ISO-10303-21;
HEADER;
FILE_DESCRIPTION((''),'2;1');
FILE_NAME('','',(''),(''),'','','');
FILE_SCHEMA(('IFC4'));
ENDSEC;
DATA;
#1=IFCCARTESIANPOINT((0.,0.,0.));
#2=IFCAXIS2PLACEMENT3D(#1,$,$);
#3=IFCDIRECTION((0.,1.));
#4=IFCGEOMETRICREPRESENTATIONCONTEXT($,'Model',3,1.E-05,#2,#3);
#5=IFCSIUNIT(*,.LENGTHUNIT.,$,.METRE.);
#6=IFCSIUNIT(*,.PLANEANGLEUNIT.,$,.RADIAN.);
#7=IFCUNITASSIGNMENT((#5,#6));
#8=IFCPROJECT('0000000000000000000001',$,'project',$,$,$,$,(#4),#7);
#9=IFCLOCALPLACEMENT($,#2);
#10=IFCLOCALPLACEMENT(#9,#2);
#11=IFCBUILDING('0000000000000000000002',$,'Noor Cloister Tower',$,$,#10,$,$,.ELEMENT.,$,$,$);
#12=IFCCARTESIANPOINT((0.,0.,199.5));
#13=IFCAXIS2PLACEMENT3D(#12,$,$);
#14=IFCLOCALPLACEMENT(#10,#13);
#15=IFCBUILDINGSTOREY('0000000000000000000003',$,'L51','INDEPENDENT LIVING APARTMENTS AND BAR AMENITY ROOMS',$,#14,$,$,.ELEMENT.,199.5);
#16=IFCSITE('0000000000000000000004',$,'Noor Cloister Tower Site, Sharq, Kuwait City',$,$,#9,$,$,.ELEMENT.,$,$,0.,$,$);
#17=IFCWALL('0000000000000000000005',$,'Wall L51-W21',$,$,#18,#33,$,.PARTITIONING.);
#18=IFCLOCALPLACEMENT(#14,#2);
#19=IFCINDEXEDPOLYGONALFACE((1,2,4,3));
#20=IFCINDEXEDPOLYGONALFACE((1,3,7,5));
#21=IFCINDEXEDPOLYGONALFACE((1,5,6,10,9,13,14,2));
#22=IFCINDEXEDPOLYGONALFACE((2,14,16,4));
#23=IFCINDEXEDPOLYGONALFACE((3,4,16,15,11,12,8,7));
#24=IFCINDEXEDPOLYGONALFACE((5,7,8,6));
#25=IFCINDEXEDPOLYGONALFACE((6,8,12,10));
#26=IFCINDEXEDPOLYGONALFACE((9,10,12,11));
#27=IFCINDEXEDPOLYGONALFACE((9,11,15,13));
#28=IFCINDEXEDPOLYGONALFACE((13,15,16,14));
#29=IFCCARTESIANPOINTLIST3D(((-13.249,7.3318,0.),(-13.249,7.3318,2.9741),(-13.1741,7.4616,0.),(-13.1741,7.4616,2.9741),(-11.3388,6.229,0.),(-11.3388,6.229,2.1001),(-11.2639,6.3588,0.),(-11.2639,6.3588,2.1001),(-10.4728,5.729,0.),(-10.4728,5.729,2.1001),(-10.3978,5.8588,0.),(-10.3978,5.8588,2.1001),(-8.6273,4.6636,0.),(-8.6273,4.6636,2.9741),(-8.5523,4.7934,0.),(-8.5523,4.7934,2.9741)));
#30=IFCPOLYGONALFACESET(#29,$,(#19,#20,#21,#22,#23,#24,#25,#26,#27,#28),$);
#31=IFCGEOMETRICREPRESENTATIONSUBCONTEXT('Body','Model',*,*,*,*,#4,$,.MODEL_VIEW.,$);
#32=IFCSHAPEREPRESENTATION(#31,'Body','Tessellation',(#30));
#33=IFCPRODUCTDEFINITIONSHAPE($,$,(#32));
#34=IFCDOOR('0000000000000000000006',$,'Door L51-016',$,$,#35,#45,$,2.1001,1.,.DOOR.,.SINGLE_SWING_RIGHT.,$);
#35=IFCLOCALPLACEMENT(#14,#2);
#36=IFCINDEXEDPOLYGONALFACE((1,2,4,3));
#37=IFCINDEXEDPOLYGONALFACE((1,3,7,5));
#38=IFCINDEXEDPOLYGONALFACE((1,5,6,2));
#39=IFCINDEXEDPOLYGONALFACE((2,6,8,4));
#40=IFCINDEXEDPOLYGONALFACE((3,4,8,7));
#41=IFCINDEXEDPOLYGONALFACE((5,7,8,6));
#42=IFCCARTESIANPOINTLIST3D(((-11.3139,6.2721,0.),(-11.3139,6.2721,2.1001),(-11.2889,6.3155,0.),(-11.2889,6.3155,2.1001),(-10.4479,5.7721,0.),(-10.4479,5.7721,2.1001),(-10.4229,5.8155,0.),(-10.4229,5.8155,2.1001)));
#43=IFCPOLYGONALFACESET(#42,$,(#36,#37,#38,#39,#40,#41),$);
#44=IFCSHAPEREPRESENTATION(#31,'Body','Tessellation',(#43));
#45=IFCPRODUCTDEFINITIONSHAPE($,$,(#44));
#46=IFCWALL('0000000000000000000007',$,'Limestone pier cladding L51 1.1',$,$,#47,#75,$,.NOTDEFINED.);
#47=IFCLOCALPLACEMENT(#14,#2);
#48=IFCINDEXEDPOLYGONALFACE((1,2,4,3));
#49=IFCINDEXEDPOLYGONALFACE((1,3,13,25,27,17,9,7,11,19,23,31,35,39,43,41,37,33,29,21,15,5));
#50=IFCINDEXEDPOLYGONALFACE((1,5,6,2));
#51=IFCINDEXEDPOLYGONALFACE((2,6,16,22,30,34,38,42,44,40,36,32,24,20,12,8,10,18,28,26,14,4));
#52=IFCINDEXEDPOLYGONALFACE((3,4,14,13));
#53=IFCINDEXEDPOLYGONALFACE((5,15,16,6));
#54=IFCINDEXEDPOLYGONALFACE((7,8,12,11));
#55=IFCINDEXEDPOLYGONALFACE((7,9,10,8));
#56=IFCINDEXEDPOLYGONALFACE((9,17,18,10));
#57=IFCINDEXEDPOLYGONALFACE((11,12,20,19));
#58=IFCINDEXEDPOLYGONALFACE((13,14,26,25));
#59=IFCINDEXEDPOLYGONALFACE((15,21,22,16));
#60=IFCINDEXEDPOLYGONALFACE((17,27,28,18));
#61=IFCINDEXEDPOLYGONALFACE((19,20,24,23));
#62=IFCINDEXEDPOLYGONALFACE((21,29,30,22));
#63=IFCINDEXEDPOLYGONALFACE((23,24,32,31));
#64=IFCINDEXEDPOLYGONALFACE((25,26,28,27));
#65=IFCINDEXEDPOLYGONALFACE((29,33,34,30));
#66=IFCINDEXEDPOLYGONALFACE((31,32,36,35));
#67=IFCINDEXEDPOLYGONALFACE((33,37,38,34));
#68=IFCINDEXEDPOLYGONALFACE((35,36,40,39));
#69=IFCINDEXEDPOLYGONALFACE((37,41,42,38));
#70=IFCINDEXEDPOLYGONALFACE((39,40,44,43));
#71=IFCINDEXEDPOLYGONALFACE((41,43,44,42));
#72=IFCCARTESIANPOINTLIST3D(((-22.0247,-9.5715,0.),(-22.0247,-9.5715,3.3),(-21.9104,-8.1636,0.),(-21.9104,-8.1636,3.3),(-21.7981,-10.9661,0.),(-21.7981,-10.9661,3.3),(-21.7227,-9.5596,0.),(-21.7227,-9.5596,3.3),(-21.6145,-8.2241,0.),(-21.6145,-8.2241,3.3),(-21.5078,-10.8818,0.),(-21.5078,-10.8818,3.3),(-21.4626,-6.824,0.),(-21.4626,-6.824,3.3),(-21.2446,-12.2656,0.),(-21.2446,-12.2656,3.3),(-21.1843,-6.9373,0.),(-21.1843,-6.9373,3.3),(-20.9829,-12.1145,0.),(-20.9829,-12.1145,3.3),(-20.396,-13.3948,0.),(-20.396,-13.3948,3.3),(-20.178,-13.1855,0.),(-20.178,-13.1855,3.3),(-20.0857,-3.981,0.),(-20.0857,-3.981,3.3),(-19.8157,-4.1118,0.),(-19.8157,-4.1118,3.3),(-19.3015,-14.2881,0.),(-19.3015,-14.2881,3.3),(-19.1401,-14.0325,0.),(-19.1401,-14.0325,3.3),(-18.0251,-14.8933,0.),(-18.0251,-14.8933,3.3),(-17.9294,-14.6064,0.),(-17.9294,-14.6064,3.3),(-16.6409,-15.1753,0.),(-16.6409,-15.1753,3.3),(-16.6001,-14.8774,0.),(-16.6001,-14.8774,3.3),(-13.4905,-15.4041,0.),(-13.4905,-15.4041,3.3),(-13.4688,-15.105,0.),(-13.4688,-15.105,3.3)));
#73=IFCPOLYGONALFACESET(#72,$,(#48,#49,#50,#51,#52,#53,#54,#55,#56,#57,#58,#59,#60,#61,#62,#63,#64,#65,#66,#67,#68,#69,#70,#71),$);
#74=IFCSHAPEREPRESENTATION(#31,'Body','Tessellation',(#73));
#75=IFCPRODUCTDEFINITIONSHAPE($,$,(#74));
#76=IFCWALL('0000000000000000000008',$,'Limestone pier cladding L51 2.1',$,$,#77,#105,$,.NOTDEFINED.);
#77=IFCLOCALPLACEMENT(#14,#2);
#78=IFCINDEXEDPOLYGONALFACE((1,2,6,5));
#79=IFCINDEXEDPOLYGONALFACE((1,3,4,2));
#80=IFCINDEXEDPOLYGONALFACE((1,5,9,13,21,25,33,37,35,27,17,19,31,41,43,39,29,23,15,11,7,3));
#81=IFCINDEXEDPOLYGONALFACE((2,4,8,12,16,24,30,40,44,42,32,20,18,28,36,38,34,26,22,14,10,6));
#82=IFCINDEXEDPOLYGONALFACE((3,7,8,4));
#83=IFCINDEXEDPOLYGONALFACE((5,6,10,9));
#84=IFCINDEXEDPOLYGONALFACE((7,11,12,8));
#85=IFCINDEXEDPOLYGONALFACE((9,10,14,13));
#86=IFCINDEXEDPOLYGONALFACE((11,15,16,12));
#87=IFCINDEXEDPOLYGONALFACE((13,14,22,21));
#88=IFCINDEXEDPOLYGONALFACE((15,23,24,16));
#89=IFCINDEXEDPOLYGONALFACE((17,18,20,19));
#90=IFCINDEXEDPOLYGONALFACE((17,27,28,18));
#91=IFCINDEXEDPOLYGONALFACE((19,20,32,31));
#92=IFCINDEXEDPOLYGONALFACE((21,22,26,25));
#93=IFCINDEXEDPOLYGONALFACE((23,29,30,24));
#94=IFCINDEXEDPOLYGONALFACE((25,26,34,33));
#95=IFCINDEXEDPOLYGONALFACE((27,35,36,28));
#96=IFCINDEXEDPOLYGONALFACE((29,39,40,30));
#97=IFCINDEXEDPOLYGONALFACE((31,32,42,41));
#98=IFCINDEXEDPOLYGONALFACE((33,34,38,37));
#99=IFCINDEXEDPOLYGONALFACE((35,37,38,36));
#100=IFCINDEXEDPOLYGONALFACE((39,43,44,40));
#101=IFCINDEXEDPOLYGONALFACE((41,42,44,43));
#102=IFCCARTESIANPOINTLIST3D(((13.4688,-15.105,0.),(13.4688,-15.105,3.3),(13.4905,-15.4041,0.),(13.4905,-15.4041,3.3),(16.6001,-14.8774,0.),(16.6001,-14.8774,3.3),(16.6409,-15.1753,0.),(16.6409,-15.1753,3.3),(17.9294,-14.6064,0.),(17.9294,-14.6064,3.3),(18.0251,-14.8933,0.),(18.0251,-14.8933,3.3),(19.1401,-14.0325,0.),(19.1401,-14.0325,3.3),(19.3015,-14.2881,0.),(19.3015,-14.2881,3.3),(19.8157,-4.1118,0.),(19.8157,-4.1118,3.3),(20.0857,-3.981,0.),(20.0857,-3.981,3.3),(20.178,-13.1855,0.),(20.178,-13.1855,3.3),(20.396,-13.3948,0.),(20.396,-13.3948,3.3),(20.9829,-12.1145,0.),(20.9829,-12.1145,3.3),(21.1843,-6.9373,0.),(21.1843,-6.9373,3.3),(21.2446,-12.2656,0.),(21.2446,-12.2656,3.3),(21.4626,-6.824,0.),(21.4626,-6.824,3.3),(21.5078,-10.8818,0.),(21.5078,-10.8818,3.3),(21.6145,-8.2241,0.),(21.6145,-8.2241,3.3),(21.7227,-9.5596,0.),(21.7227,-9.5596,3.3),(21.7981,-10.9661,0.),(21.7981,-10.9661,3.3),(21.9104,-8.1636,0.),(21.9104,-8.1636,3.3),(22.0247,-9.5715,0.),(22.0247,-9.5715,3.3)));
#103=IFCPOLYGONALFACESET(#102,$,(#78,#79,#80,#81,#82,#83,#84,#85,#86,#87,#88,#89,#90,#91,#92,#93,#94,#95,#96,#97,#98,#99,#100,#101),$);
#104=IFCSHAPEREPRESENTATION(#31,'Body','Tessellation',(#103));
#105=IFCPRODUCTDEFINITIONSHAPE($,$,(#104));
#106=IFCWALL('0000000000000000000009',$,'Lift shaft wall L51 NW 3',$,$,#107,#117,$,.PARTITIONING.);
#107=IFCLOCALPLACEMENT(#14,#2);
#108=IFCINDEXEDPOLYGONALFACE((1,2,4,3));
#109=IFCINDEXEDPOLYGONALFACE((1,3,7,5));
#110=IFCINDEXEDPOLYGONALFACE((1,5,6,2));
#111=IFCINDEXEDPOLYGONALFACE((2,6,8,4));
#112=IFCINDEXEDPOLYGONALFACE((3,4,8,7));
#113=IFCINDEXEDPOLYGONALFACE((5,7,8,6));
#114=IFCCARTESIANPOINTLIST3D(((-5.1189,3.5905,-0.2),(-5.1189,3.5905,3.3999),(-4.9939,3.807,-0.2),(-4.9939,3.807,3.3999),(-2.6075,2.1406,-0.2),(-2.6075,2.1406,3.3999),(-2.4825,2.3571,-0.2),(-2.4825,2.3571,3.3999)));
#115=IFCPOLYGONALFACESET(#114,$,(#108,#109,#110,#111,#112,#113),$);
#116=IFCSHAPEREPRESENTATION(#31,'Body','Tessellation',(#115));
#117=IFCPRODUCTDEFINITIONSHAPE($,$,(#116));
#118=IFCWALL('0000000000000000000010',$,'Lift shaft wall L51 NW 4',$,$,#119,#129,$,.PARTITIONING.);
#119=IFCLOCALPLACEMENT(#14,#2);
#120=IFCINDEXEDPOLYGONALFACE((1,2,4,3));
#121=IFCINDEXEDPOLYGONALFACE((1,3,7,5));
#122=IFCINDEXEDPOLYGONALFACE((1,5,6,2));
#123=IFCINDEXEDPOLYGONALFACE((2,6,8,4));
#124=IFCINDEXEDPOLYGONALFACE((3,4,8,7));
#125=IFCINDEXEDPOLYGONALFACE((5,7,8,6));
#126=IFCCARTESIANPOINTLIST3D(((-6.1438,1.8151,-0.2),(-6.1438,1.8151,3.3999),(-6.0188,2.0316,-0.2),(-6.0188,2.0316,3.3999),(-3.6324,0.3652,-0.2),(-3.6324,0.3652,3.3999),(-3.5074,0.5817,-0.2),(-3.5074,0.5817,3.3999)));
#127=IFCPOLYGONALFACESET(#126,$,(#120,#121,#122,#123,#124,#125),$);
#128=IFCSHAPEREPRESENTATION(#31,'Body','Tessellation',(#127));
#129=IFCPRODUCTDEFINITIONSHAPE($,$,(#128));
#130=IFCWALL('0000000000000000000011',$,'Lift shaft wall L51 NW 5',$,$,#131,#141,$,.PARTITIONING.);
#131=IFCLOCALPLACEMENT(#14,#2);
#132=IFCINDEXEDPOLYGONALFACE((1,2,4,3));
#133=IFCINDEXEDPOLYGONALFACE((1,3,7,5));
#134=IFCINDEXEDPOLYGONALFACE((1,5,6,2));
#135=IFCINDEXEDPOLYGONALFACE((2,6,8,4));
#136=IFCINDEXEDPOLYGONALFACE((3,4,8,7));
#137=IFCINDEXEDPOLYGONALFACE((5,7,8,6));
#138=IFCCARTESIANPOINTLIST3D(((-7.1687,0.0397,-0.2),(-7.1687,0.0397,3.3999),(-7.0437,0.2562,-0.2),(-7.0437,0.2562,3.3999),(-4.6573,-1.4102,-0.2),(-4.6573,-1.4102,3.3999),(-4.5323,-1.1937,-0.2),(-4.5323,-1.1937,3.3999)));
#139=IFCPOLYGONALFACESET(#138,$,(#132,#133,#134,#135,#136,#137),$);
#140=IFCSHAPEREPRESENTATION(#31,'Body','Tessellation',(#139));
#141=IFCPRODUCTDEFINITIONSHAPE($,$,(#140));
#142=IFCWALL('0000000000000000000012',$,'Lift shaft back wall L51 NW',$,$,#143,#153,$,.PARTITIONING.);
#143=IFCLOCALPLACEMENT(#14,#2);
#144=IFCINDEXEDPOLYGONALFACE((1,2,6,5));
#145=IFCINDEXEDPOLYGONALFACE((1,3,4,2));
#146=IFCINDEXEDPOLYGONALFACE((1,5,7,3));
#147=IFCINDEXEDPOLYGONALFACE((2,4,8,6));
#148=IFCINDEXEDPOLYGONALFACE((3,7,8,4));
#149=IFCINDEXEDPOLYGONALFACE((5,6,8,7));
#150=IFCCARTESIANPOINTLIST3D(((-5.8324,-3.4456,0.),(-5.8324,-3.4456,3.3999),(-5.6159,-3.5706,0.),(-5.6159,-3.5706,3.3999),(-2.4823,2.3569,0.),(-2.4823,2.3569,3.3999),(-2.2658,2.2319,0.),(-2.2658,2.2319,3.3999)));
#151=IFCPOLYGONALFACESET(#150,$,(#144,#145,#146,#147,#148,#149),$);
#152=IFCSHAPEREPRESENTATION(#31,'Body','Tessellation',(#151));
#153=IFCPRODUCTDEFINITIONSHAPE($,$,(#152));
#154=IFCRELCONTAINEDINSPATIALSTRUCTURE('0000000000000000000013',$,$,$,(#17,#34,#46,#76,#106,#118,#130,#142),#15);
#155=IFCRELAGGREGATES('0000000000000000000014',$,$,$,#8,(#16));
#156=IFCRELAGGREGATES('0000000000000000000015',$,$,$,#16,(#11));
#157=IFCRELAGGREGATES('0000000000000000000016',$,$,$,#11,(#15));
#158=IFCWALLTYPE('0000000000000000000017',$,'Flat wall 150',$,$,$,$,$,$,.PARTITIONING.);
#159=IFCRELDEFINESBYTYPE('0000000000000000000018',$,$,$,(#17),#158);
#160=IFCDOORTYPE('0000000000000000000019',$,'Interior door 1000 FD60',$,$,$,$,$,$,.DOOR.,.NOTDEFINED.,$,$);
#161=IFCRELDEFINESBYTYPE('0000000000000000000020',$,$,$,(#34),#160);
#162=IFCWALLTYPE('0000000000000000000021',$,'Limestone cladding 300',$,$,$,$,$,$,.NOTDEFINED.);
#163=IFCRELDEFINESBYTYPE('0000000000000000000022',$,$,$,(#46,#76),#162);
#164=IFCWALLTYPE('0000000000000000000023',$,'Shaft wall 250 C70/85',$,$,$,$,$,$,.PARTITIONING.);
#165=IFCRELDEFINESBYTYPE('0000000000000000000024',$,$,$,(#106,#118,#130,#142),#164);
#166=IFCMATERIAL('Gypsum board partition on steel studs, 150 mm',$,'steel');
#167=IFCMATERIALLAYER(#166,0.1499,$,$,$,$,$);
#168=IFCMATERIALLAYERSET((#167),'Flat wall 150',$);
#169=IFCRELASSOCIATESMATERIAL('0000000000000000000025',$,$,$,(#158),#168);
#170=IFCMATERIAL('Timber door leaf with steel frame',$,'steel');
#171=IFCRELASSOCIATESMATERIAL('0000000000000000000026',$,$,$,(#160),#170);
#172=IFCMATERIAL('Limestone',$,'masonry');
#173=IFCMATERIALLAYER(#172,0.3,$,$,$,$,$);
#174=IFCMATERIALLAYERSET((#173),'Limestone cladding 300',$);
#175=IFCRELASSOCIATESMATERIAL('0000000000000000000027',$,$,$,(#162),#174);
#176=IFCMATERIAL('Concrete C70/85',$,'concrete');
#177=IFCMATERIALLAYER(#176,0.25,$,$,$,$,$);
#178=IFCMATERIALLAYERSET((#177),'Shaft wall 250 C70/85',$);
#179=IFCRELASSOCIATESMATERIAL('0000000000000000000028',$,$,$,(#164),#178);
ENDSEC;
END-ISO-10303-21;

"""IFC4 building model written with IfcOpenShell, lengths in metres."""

from ifc_helpers import new_model, si_unit, direction, frame, frame_2d, origin, place, context, subcontext, project, spatial, polyline, rectangle, outline, extrude, material, layer, layer_set, type_object, element, fill, save


model = new_model("IFC4")

# Units and contexts
model_context = context("Model", 3, precision=1e-05, world=origin(), true_north=direction((0.0, 1.0)))
body_context = subcontext(model_context, "Body", "Model", "MODEL_VIEW")
ifc_project = project(units=[si_unit("LENGTHUNIT", "METRE"), si_unit("PLANEANGLEUNIT", "RADIAN")], contexts=[model_context])

# Site, building, storey
site_placement = place(None, origin())
site = spatial("IfcSite", under=ifc_project, at=site_placement, Name="Noor Cloister Tower Site, Sharq, Kuwait City", CompositionType="ELEMENT", RefElevation=0.0)
building_placement = place(site_placement, origin())
building = spatial("IfcBuilding", under=site, at=building_placement, Name="Noor Cloister Tower", CompositionType="ELEMENT")
storey_placement = place(building_placement, frame((0.0, 0.0, 199.5)))
storey = spatial("IfcBuildingStorey", under=building, at=storey_placement, Name="L51", Description="INDEPENDENT LIVING APARTMENTS AND BAR AMENITY ROOMS", CompositionType="ELEMENT", Elevation=199.5)

# Wall, opening, door
ifc_material_1 = material(Name="Gypsum board partition on steel studs, 150 mm", Category="steel")
ifc_layer_1 = layer(ifc_material_1, 0.1499)
ifc_layer_set_1 = layer_set([ifc_layer_1], Name="Flat wall 150")
wall_type_1 = type_object("IfcWallType", Name="Flat wall 150", PredefinedType="PARTITIONING", material=ifc_layer_set_1)
wall_1_placement = place(storey_placement, frame((-13.2117, 7.3967, 0.0), z_axis=(0.0, 0.0, 1.0), x_axis=(0.866042, -0.499972, 0.0)))
wall_1 = element("IfcWall", 1, at=wall_1_placement, inside=storey, type_object=wall_type_1, Name="Wall L51-W21", PredefinedType="PARTITIONING", context=body_context, shape_type="SweptSolid", body=[
    extrude(rectangle(XDim=5.3367, YDim=0.1499, at=frame_2d((2.6685, 0.0))), origin(), (0.0, 0.0, 1.0), 2.9741),
])
opening_1_placement = place(wall_1_placement, frame((2.2058, 0.0, 0.0)))
opening_1 = element("IfcOpeningElement", 2, at=opening_1_placement, cuts=wall_1, PredefinedType="OPENING", context=body_context, shape_type="SweptSolid", body=[
    extrude(rectangle(XDim=1.0, YDim=2.1001, at=frame_2d((0.5, 1.05))), frame((0.0, 0.085, 0.0), z_axis=(0.0, -1.0, 0.0), x_axis=(1.0, 0.0, 0.0)), (0.0, 0.0, 1.0), 0.1699),
])
ifc_material_2 = material(Name="Timber door leaf with steel frame", Category="steel")
door_type_1 = type_object("IfcDoorType", Name="Interior door 1000 FD60", OperationType="NOTDEFINED", PredefinedType="DOOR", material=ifc_material_2)
door_1_placement = place(opening_1_placement, origin())
door_1 = element("IfcDoor", 3, at=door_1_placement, inside=storey, type_object=door_type_1, Name="Door L51-016", OperationType="SINGLE_SWING_RIGHT", OverallHeight=2.1001, OverallWidth=1.0, PredefinedType="DOOR", context=body_context, shape_type="SweptSolid", body=[
    extrude(rectangle(XDim=1.0, YDim=2.1001, at=frame_2d((0.5, 1.05))), frame((0.0, 0.0249, 0.0), z_axis=(0.0, -1.0, 0.0), x_axis=(1.0, 0.0, 0.0)), (0.0, 0.0, 1.0), 0.05),
])
fill(opening_1, door_1)

# Walls
ifc_material_3 = material(Name="Limestone", Category="masonry")
ifc_layer_2 = layer(ifc_material_3, 0.3)
ifc_layer_set_2 = layer_set([ifc_layer_2], Name="Limestone cladding 300")
wall_type_2 = type_object("IfcWallType", Name="Limestone cladding 300", PredefinedType="NOTDEFINED", material=ifc_layer_set_2)
wall_2_placement = place(storey_placement, origin())
element("IfcWall", 4, at=wall_2_placement, inside=storey, type_object=wall_type_2, Name="Limestone pier cladding L51 1.1", PredefinedType="NOTDEFINED", context=body_context, shape_type="SweptSolid", body=[
    extrude(outline(polyline([(-20.0857, -3.981), (-21.4626, -6.824), (-21.9104, -8.1636), (-22.0247, -9.5715), (-21.7981, -10.9661), (-21.2446, -12.2656), (-20.396, -13.3948), (-19.3015, -14.2881), (-18.0251, -14.8933), (-16.6409, -15.1753), (-13.4905, -15.4041), (-13.4688, -15.105), (-16.6001, -14.8774), (-17.9294, -14.6064), (-19.1401, -14.0325), (-20.178, -13.1855), (-20.9829, -12.1145), (-21.5078, -10.8818), (-21.7227, -9.5596), (-21.6145, -8.2241), (-21.1843, -6.9373), (-19.8157, -4.1118), (-20.0857, -3.981)])), origin(), (0.0, 0.0, 1.0), 3.3),
])
wall_3_placement = place(storey_placement, origin())
element("IfcWall", 5, at=wall_3_placement, inside=storey, type_object=wall_type_2, Name="Limestone pier cladding L51 2.1", PredefinedType="NOTDEFINED", context=body_context, shape_type="SweptSolid", body=[
    extrude(outline(polyline([(13.4905, -15.4041), (16.6409, -15.1753), (18.0251, -14.8933), (19.3015, -14.2881), (20.396, -13.3948), (21.2446, -12.2656), (21.7981, -10.9661), (22.0247, -9.5715), (21.9104, -8.1636), (21.4626, -6.824), (20.0857, -3.981), (19.8157, -4.1118), (21.1843, -6.9373), (21.6145, -8.2241), (21.7227, -9.5596), (21.5078, -10.8818), (20.9829, -12.1145), (20.178, -13.1855), (19.1401, -14.0325), (17.9294, -14.6064), (16.6001, -14.8774), (13.4688, -15.105), (13.4905, -15.4041)])), origin(), (0.0, 0.0, 1.0), 3.3),
])
ifc_material_4 = material(Name="Concrete C70/85", Category="concrete")
ifc_layer_3 = layer(ifc_material_4, 0.25)
ifc_layer_set_3 = layer_set([ifc_layer_3], Name="Shaft wall 250 C70/85")
wall_type_3 = type_object("IfcWallType", Name="Shaft wall 250 C70/85", PredefinedType="PARTITIONING", material=ifc_layer_set_3)
for number, where, z_axis, x_axis, name in (
    (6, (-5.0564, 3.6987, -0.2), (0.0, 0.0, 1.0), (0.866033, -0.499987, 0.0), "Lift shaft wall L51 NW 3"),
    (7, (-6.0813, 1.9233, -0.2), (0.0, 0.0, 1.0), (0.866033, -0.499987, 0.0), "Lift shaft wall L51 NW 4"),
    (8, (-7.1062, 0.1479, -0.2), (0.0, 0.0, 1.0), (0.866033, -0.499987, 0.0), "Lift shaft wall L51 NW 5"),
):
    element("IfcWall", number, at=place(storey_placement, frame(where, z_axis=z_axis, x_axis=x_axis)), inside=storey, type_object=wall_type_3, Name=name, PredefinedType="PARTITIONING", context=body_context, shape_type="SweptSolid", body=[
        extrude(rectangle(XDim=2.8999, YDim=0.25, at=frame_2d((1.45, 0.0))), origin(), (0.0, 0.0, 1.0), 3.5999),
    ])
wall_4_placement = place(storey_placement, frame((-2.374, 2.2944, 0.0), z_axis=(0.0, 0.0, 1.0), x_axis=(-0.500003, -0.866024, 0.0)))
element("IfcWall", 9, at=wall_4_placement, inside=storey, type_object=wall_type_3, Name="Lift shaft back wall L51 NW", PredefinedType="PARTITIONING", context=body_context, shape_type="SweptSolid", body=[
    extrude(rectangle(XDim=6.7002, YDim=0.25, at=frame_2d((3.3501, 0.0))), origin(), (0.0, 0.0, 1.0), 3.3999),
])

save(model, "model.ifc")
